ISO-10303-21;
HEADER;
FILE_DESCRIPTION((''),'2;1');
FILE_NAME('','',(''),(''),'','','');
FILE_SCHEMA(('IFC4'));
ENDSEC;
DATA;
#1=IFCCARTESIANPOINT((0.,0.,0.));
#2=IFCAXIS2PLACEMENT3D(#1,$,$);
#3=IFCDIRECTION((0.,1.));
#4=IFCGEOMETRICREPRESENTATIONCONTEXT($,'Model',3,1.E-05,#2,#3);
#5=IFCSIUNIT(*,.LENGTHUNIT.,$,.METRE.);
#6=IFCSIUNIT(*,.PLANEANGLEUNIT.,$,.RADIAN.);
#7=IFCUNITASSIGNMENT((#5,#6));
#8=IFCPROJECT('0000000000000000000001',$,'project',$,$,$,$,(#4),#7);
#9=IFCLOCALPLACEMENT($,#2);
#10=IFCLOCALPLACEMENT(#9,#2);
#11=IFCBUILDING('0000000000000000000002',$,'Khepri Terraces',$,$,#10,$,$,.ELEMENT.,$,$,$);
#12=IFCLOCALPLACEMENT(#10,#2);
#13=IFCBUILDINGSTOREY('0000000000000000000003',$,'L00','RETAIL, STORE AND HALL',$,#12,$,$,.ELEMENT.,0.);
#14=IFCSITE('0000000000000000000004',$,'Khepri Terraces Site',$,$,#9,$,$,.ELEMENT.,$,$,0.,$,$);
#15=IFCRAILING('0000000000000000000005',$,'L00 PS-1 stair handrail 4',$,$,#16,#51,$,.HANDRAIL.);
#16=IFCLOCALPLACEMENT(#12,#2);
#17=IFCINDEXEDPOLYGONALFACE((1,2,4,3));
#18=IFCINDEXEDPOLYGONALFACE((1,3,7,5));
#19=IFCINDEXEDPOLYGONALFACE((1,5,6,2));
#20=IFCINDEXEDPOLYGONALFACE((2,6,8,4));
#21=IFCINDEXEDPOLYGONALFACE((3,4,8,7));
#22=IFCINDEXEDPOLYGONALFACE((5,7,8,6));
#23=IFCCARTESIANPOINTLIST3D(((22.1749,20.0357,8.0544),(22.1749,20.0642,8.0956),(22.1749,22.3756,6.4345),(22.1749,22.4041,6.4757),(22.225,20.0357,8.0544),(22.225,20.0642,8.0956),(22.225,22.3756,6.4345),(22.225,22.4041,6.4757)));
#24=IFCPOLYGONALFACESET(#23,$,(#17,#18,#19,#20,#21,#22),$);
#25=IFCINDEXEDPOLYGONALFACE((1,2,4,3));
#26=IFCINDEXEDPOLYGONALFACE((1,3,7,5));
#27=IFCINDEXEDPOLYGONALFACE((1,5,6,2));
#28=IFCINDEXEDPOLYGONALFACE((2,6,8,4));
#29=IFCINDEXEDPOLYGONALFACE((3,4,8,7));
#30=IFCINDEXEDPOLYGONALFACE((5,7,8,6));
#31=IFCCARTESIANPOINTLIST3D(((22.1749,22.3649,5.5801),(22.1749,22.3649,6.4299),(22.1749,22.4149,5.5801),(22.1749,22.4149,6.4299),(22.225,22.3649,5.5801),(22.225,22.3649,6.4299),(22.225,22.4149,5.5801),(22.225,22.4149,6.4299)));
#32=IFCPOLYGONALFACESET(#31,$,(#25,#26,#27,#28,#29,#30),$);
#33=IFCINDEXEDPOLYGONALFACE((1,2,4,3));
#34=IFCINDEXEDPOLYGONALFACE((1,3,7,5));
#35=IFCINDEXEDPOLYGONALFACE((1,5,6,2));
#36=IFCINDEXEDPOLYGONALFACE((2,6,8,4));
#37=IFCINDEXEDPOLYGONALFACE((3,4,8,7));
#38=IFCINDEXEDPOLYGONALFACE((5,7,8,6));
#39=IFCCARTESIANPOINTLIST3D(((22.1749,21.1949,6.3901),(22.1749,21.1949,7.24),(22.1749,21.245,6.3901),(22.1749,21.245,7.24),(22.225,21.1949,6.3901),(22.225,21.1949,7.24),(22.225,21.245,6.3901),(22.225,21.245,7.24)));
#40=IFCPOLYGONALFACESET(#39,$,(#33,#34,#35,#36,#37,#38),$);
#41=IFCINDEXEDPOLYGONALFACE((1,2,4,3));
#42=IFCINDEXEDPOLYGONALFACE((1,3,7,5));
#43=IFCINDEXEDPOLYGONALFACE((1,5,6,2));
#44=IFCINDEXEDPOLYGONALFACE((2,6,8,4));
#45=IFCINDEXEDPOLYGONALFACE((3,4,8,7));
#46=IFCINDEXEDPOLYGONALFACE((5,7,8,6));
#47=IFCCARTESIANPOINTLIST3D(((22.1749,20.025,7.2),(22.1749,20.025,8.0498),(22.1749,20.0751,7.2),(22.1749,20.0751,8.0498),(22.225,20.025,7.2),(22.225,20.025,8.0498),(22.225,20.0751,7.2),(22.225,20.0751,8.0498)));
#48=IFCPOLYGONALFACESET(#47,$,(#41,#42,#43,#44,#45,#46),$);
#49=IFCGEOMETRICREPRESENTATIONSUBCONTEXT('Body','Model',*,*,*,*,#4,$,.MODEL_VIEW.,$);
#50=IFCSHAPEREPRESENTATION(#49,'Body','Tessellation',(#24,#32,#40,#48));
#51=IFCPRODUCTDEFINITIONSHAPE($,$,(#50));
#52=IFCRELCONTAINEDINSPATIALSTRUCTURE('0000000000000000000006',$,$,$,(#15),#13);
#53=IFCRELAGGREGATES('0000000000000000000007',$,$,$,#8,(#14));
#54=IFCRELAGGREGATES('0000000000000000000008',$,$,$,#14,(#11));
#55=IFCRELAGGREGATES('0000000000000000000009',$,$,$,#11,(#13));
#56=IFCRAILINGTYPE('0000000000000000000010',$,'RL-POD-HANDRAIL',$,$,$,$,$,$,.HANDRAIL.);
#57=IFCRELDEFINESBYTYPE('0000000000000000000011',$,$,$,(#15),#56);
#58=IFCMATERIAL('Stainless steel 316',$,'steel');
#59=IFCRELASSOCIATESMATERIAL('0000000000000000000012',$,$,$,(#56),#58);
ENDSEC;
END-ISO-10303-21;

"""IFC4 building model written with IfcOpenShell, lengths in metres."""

from ifc_helpers import new_model, si_unit, direction, frame, origin, origin_2d, place, context, subcontext, project, spatial, rectangle, extrude, material, type_object, element, save


model = new_model("IFC4")

# Units and contexts
model_context = context("Model", 3, precision=1e-05, world=origin(), true_north=direction((0.0, 1.0)))
body_context = subcontext(model_context, "Body", "Model", "MODEL_VIEW")
ifc_project = project(units=[si_unit("LENGTHUNIT", "METRE"), si_unit("PLANEANGLEUNIT", "RADIAN")], contexts=[model_context])

# Site, building, storey
site_placement = place(None, origin())
site = spatial("IfcSite", under=ifc_project, at=site_placement, Name="Khepri Terraces Site", CompositionType="ELEMENT", RefElevation=0.0)
building_placement = place(site_placement, origin())
building = spatial("IfcBuilding", under=site, at=building_placement, Name="Khepri Terraces", CompositionType="ELEMENT")
storey_placement = place(building_placement, origin())
storey = spatial("IfcBuildingStorey", under=building, at=storey_placement, Name="L00", Description="RETAIL, STORE AND HALL", CompositionType="ELEMENT", Elevation=0.0)

# Railing
ifc_material_1 = material(Name="Stainless steel 316", Category="steel")
railing_type_1 = type_object("IfcRailingType", Name="RL-POD-HANDRAIL", PredefinedType="HANDRAIL", material=ifc_material_1)
railing_1_placement = place(storey_placement, frame((22.2, 22.3899, 5.5801)))
element("IfcRailing", 1, at=railing_1_placement, inside=storey, type_object=railing_type_1, Name="L00 PS-1 stair handrail 4", PredefinedType="HANDRAIL", context=body_context, shape_type="SweptSolid", body=[
    extrude(rectangle(XDim=0.05, YDim=0.05, at=origin_2d()), frame((0.0, 0.0, 0.875), z_axis=(0.0, -0.822195, 0.569206), x_axis=(1.0, 0.0, 0.0)), (0.0, 0.0, 1.0), 2.8459),
    extrude(rectangle(XDim=0.05, YDim=0.05, at=origin_2d()), origin(), (0.0, 0.0, 1.0), 0.8499),
    extrude(rectangle(XDim=0.05, YDim=0.05, at=origin_2d()), frame((0.0, -1.1699, 0.8101)), (0.0, 0.0, 1.0), 0.8499),
    extrude(rectangle(XDim=0.05, YDim=0.05, at=origin_2d()), frame((0.0, -2.3398, 1.6199)), (0.0, 0.0, 1.0), 0.8499),
])

save(model, "model.ifc")
